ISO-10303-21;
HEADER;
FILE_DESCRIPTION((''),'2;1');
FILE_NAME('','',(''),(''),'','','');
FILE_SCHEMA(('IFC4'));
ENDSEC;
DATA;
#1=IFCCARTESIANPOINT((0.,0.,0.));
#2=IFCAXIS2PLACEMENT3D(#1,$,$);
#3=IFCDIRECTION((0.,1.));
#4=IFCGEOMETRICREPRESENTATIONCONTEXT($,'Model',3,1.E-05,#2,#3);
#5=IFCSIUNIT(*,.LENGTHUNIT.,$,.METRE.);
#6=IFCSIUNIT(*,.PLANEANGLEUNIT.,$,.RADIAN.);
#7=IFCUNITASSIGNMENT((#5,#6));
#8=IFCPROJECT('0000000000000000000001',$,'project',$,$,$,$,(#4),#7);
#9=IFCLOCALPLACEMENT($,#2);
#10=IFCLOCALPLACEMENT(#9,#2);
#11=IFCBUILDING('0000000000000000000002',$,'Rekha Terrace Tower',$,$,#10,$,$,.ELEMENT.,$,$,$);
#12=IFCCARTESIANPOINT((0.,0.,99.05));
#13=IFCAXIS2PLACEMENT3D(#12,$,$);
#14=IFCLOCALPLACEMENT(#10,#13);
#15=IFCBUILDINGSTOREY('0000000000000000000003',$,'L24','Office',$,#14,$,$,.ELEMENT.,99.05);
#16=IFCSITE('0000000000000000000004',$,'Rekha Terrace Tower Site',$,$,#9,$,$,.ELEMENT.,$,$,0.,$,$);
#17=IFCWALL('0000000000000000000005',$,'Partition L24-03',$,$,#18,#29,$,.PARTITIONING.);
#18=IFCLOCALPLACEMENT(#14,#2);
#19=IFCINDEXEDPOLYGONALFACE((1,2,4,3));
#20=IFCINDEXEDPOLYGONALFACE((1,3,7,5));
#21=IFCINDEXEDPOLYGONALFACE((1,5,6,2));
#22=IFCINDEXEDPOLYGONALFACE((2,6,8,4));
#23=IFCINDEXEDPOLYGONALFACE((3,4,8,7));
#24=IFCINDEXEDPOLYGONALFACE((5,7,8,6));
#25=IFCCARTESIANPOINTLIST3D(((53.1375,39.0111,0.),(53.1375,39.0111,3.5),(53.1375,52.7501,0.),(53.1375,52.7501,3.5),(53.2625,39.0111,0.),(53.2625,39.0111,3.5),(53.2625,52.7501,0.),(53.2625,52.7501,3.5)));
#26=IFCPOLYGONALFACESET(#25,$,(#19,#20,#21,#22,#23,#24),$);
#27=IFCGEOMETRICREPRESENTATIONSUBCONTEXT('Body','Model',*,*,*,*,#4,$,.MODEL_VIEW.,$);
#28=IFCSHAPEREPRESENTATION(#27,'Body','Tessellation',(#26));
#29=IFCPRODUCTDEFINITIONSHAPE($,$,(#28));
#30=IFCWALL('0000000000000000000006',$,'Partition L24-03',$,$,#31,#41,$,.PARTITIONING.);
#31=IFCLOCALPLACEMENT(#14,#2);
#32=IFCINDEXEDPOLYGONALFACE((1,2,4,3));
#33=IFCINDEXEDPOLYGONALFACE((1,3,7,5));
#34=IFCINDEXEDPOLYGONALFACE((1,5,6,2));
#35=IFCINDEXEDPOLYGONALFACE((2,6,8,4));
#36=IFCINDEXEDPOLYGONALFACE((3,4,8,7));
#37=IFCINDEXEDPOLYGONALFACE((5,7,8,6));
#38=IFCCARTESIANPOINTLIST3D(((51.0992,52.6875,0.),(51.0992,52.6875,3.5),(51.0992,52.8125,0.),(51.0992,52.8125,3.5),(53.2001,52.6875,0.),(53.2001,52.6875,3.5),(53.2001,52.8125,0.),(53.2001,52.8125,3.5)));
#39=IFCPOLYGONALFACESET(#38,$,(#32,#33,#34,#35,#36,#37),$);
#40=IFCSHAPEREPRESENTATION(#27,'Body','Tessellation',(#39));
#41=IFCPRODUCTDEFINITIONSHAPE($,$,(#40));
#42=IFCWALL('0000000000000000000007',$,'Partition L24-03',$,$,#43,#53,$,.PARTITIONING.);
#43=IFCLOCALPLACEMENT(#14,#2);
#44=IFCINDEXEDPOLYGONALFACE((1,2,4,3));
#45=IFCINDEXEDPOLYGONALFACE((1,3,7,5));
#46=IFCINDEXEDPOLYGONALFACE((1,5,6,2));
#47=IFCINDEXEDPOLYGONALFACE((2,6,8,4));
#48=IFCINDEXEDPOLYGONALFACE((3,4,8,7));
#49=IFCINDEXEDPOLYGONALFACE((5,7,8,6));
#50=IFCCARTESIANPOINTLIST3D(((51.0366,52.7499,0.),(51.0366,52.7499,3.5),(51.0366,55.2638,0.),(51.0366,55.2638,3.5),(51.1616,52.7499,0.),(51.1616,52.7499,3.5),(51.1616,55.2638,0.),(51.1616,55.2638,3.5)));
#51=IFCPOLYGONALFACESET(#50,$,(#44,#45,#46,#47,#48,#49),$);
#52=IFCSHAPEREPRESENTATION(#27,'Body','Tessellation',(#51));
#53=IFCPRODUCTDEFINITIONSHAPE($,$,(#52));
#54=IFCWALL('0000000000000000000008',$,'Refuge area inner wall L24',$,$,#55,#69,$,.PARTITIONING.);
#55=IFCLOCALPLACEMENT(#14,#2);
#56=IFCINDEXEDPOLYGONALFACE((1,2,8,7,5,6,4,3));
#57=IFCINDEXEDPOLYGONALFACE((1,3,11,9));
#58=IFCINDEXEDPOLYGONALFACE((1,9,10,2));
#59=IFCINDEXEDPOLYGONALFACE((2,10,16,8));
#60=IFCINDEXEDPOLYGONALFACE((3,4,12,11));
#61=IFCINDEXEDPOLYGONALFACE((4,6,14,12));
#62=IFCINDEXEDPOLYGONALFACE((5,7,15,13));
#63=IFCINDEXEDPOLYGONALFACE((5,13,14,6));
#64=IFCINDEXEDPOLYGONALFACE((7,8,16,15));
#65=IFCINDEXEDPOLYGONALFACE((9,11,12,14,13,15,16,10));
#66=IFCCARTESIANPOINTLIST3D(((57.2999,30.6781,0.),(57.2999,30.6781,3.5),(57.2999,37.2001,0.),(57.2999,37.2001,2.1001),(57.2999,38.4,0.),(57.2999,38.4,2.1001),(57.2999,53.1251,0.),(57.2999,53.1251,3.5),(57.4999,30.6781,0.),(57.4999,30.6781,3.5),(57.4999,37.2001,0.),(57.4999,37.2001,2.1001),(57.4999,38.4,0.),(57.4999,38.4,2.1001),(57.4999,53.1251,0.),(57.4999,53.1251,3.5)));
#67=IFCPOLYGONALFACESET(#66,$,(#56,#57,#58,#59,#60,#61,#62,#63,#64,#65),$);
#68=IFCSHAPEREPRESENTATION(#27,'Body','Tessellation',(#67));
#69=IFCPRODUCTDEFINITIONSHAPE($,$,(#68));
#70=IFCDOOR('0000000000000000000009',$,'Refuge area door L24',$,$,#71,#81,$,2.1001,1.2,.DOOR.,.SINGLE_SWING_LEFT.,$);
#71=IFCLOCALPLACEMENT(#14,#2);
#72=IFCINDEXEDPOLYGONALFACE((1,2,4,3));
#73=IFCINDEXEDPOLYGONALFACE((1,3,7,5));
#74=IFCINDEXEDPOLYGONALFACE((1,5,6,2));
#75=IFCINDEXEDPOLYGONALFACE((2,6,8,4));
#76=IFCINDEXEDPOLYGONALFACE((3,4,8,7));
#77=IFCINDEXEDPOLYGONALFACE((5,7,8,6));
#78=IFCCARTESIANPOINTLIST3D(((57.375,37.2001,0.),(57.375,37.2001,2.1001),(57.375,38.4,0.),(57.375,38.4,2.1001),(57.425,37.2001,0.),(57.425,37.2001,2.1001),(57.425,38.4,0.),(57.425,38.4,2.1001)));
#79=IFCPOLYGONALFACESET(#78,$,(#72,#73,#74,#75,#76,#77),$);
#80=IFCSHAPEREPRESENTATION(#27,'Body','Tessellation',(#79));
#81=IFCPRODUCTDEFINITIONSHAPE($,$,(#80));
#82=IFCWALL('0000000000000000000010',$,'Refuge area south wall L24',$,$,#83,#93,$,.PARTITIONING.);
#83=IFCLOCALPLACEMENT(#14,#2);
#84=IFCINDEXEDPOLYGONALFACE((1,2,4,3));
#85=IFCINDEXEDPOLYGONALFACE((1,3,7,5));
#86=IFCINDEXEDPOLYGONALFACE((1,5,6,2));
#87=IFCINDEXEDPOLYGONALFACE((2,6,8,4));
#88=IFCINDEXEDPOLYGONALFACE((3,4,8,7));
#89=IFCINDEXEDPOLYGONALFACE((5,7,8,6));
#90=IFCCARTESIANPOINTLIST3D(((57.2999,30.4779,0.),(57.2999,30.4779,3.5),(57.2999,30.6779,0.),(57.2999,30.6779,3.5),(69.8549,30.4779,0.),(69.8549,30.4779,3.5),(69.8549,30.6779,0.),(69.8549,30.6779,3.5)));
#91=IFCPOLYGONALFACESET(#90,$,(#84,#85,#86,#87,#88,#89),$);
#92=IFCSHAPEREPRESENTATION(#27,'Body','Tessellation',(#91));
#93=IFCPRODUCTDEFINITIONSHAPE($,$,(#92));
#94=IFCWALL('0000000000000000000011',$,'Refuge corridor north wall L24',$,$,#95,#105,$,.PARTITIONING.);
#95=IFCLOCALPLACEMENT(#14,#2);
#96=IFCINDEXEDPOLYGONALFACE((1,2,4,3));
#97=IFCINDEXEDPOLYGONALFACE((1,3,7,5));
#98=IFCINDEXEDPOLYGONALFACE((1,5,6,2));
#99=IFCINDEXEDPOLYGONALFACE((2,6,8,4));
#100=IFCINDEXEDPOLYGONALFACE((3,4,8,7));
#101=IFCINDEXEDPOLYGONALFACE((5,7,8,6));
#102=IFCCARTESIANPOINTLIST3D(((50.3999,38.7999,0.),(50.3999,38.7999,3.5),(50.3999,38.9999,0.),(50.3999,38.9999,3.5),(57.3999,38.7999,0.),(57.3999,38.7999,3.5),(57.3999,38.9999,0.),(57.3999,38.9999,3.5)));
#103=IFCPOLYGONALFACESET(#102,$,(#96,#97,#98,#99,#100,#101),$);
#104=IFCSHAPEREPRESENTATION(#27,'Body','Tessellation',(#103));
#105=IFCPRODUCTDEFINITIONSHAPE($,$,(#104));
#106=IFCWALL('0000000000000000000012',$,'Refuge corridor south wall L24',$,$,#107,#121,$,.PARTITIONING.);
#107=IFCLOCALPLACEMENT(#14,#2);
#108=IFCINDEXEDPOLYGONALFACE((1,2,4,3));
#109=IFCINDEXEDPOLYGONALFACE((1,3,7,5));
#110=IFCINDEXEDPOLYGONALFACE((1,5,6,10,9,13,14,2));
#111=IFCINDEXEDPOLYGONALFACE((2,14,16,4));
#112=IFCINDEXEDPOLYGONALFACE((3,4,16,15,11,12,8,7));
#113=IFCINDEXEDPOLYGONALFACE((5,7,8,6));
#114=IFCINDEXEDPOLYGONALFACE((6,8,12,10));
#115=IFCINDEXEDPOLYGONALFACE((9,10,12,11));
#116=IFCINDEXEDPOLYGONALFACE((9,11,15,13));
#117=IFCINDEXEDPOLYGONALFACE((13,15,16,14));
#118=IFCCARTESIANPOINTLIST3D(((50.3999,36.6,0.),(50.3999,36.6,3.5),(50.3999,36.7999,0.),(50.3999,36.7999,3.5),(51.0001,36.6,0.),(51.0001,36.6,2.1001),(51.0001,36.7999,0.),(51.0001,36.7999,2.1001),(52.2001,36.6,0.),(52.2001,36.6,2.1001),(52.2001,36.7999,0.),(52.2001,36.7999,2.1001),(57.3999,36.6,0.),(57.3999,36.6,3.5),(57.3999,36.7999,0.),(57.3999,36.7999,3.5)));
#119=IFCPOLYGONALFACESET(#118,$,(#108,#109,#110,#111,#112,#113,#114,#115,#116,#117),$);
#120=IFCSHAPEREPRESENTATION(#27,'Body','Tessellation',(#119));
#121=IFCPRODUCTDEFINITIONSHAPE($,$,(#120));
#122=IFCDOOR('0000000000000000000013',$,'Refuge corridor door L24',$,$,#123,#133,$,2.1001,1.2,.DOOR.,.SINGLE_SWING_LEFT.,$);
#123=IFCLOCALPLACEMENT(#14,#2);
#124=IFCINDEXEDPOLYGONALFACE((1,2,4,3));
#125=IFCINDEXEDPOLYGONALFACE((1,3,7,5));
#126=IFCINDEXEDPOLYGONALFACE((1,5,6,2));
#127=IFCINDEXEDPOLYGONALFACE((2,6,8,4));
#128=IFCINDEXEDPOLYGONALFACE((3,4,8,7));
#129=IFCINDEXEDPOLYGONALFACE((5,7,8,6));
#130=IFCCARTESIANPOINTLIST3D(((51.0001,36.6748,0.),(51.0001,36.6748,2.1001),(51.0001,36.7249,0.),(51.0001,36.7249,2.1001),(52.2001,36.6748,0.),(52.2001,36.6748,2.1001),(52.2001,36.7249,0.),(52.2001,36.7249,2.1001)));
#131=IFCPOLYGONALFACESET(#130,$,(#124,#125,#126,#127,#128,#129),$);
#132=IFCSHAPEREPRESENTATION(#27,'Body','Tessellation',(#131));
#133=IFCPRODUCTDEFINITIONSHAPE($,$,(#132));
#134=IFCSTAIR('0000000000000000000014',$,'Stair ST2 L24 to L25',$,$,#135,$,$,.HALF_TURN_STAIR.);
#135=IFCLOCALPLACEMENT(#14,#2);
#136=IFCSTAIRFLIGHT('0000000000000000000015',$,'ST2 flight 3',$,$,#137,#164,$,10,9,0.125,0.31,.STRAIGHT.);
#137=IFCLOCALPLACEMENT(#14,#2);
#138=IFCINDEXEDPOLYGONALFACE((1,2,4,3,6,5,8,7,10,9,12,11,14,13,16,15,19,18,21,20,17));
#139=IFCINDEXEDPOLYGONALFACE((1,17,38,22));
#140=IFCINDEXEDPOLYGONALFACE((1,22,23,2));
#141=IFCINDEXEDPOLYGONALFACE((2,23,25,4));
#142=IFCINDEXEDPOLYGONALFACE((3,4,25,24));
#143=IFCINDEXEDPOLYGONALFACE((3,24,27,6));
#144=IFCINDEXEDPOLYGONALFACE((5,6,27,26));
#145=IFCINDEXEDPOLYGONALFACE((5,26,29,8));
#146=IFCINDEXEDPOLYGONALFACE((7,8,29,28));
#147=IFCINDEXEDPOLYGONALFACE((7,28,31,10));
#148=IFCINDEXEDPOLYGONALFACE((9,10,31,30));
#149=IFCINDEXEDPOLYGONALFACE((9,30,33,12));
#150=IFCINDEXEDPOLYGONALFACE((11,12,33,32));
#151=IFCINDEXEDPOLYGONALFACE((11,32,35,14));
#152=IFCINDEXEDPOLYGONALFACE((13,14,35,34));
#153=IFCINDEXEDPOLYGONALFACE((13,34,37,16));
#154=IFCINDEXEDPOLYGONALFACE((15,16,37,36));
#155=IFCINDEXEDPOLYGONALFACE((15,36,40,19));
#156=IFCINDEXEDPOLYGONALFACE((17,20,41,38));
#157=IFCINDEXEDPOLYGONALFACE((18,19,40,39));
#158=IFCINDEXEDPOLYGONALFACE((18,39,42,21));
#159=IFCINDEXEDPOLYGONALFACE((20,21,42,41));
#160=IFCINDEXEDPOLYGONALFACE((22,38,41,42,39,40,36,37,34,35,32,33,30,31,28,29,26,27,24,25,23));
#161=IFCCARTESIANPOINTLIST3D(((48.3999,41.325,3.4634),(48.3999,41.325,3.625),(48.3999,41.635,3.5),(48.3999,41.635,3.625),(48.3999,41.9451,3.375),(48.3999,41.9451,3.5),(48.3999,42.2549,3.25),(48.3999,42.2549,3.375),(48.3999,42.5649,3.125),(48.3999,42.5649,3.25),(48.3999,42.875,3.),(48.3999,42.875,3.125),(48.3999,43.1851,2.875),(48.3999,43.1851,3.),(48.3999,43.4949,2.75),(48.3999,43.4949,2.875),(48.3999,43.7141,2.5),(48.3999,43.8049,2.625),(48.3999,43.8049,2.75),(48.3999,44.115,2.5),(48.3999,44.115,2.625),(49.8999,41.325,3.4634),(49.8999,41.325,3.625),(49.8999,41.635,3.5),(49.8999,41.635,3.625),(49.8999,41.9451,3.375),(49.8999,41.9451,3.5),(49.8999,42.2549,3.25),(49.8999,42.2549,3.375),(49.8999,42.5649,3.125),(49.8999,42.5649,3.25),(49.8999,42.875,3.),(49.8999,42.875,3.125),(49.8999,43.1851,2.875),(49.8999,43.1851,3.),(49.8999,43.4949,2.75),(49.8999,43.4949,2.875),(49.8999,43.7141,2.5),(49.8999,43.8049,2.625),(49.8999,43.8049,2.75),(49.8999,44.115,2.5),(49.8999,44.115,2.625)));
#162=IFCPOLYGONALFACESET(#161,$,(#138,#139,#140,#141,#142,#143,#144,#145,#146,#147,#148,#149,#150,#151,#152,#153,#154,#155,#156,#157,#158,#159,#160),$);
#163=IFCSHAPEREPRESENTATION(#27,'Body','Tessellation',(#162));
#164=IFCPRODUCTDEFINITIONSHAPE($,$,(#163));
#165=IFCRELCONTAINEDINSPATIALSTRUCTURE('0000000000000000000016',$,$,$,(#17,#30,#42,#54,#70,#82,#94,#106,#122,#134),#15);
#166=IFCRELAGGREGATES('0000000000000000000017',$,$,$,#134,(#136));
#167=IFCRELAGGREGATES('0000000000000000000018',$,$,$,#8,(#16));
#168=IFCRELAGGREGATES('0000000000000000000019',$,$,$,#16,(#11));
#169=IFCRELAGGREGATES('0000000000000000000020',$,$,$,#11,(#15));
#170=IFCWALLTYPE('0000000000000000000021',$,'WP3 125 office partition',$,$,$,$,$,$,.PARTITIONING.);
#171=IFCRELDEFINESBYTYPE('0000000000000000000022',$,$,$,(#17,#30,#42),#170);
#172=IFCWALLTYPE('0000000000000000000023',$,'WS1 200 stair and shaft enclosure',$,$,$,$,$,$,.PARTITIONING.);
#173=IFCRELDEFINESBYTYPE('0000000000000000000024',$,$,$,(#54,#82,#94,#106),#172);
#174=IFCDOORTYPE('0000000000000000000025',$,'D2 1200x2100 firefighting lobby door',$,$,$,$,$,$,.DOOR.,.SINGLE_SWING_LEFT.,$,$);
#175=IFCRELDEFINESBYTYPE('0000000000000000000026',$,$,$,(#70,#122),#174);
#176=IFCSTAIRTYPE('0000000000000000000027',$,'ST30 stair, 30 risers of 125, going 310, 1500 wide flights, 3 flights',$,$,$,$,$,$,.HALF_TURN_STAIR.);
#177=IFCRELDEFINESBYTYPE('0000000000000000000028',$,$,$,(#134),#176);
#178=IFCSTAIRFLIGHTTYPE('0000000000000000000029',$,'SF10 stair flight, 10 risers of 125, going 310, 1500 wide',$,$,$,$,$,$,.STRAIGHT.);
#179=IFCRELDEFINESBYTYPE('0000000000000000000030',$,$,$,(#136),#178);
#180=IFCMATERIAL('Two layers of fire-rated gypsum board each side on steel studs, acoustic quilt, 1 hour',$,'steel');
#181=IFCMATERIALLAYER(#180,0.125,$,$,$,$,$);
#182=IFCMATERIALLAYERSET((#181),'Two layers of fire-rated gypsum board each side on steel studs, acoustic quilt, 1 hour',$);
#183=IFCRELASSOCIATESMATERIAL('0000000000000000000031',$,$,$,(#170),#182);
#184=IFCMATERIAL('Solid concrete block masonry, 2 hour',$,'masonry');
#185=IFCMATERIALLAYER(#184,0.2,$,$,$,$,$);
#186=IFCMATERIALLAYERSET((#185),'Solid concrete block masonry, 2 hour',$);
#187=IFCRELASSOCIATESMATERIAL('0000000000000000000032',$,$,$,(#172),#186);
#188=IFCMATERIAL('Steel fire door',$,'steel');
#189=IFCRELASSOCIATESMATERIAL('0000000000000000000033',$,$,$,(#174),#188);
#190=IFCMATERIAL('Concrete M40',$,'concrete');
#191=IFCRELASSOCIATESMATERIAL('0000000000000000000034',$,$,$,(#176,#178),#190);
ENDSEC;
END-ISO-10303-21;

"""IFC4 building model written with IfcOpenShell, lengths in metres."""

from ifc_helpers import new_model, si_unit, direction, frame, frame_2d, origin, place, context, subcontext, project, spatial, polyline, rectangle, outline, extrude, material, layer, layer_set, type_object, element, fill, aggregate, save


model = new_model("IFC4")

# Units and contexts
model_context = context("Model", 3, precision=1e-05, world=origin(), true_north=direction((0.0, 1.0)))
body_context = subcontext(model_context, "Body", "Model", "MODEL_VIEW")
ifc_project = project(units=[si_unit("LENGTHUNIT", "METRE"), si_unit("PLANEANGLEUNIT", "RADIAN")], contexts=[model_context])

# Site, building, storey
site_placement = place(None, origin())
site = spatial("IfcSite", under=ifc_project, at=site_placement, Name="Rekha Terrace Tower Site", CompositionType="ELEMENT", RefElevation=0.0)
building_placement = place(site_placement, origin())
building = spatial("IfcBuilding", under=site, at=building_placement, Name="Rekha Terrace Tower", CompositionType="ELEMENT")
storey_placement = place(building_placement, frame((0.0, 0.0, 99.05)))
storey = spatial("IfcBuildingStorey", under=building, at=storey_placement, Name="L24", Description="Office", CompositionType="ELEMENT", Elevation=99.05)

# Walls
ifc_material_1 = material(Name="Two layers of fire-rated gypsum board each side on steel studs, acoustic quilt, 1 hour", Category="steel")
ifc_layer_1 = layer(ifc_material_1, 0.125)
ifc_layer_set_1 = layer_set([ifc_layer_1], Name="Two layers of fire-rated gypsum board each side on steel studs, acoustic quilt, 1 hour")
wall_type_1 = type_object("IfcWallType", Name="WP3 125 office partition", PredefinedType="PARTITIONING", material=ifc_layer_set_1)
wall_1_placement = place(storey_placement, frame((53.2, 39.011, 0.0), z_axis=(0.0, 0.0, 1.0), x_axis=(0.0, 1.0, 0.0)))
element("IfcWall", 1, at=wall_1_placement, inside=storey, type_object=wall_type_1, Name="Partition L24-03", PredefinedType="PARTITIONING", context=body_context, shape_type="SweptSolid", body=[
    extrude(rectangle(XDim=13.739, YDim=0.125, at=frame_2d((6.8696, 0.0))), origin(), (0.0, 0.0, 1.0), 3.5),
])
wall_2_placement = place(storey_placement, frame((53.2, 52.75, 0.0), z_axis=(0.0, 0.0, 1.0), x_axis=(-1.0, 0.0, 0.0)))
element("IfcWall", 2, at=wall_2_placement, inside=storey, type_object=wall_type_1, Name="Partition L24-03", PredefinedType="PARTITIONING", context=body_context, shape_type="SweptSolid", body=[
    extrude(rectangle(XDim=2.1008, YDim=0.125, at=frame_2d((1.0503, 0.0))), origin(), (0.0, 0.0, 1.0), 3.5),
])
wall_3_placement = place(storey_placement, frame((51.0991, 52.75, 0.0), z_axis=(0.0, 0.0, 1.0), x_axis=(0.0, 1.0, 0.0)))
element("IfcWall", 3, at=wall_3_placement, inside=storey, type_object=wall_type_1, Name="Partition L24-03", PredefinedType="PARTITIONING", context=body_context, shape_type="SweptSolid", body=[
    extrude(rectangle(XDim=2.5139, YDim=0.125, at=frame_2d((1.2568, 0.0))), origin(), (0.0, 0.0, 1.0), 3.5),
])

# Wall, opening, door
ifc_material_2 = material(Name="Solid concrete block masonry, 2 hour", Category="masonry")
ifc_layer_2 = layer(ifc_material_2, 0.2)
ifc_layer_set_2 = layer_set([ifc_layer_2], Name="Solid concrete block masonry, 2 hour")
wall_type_2 = type_object("IfcWallType", Name="WS1 200 stair and shaft enclosure", PredefinedType="PARTITIONING", material=ifc_layer_set_2)
wall_4_placement = place(storey_placement, frame((57.3999, 30.678, 0.0), z_axis=(0.0, 0.0, 1.0), x_axis=(0.0, 1.0, 0.0)))
wall_4 = element("IfcWall", 4, at=wall_4_placement, inside=storey, type_object=wall_type_2, Name="Refuge area inner wall L24", PredefinedType="PARTITIONING", context=body_context, shape_type="SweptSolid", body=[
    extrude(rectangle(XDim=22.447, YDim=0.2, at=frame_2d((11.2236, 0.0))), origin(), (0.0, 0.0, 1.0), 3.5),
])
opening_1_placement = place(wall_4_placement, frame((6.522, 0.0, 0.0)))
opening_1 = element("IfcOpeningElement", 5, at=opening_1_placement, cuts=wall_4, PredefinedType="OPENING", context=body_context, shape_type="SweptSolid", body=[
    extrude(rectangle(XDim=1.2, YDim=2.1001, at=frame_2d((0.6001, 1.05))), frame((0.0, 0.1099, 0.0), z_axis=(0.0, -1.0, 0.0), x_axis=(1.0, 0.0, 0.0)), (0.0, 0.0, 1.0), 0.22),
])
ifc_material_3 = material(Name="Steel fire door", Category="steel")
door_type_1 = type_object("IfcDoorType", Name="D2 1200x2100 firefighting lobby door", OperationType="SINGLE_SWING_LEFT", PredefinedType="DOOR", material=ifc_material_3)
door_1_placement = place(opening_1_placement, origin())
door_1 = element("IfcDoor", 6, at=door_1_placement, inside=storey, type_object=door_type_1, Name="Refuge area door L24", OperationType="SINGLE_SWING_LEFT", OverallHeight=2.1001, OverallWidth=1.2, PredefinedType="DOOR", context=body_context, shape_type="SweptSolid", body=[
    extrude(rectangle(XDim=1.2, YDim=2.1001, at=frame_2d((0.6001, 1.05))), frame((0.0, 0.0249, 0.0), z_axis=(0.0, -1.0, 0.0), x_axis=(1.0, 0.0, 0.0)), (0.0, 0.0, 1.0), 0.05),
])
fill(opening_1, door_1)

# Walls
wall_5_placement = place(storey_placement, frame((57.3, 30.5779, 0.0), z_axis=(0.0, 0.0, 1.0), x_axis=(1.0, 0.0, 0.0)))
element("IfcWall", 7, at=wall_5_placement, inside=storey, type_object=wall_type_2, Name="Refuge area south wall L24", PredefinedType="PARTITIONING", context=body_context, shape_type="SweptSolid", body=[
    extrude(rectangle(XDim=12.5549, YDim=0.2, at=frame_2d((6.2773, 0.0))), origin(), (0.0, 0.0, 1.0), 3.5),
])
wall_6_placement = place(storey_placement, frame((50.3999, 38.8999, 0.0), z_axis=(0.0, 0.0, 1.0), x_axis=(1.0, 0.0, 0.0)))
element("IfcWall", 8, at=wall_6_placement, inside=storey, type_object=wall_type_2, Name="Refuge corridor north wall L24", PredefinedType="PARTITIONING", context=body_context, shape_type="SweptSolid", body=[
    extrude(rectangle(XDim=7.0, YDim=0.2, at=frame_2d((3.5, 0.0))), origin(), (0.0, 0.0, 1.0), 3.5),
])

# Wall, opening, door
wall_7_placement = place(storey_placement, frame((50.3999, 36.7, 0.0), z_axis=(0.0, 0.0, 1.0), x_axis=(1.0, 0.0, 0.0)))
wall_7 = element("IfcWall", 9, at=wall_7_placement, inside=storey, type_object=wall_type_2, Name="Refuge corridor south wall L24", PredefinedType="PARTITIONING", context=body_context, shape_type="SweptSolid", body=[
    extrude(rectangle(XDim=7.0, YDim=0.2, at=frame_2d((3.5, 0.0))), origin(), (0.0, 0.0, 1.0), 3.5),
])
opening_2_placement = place(wall_7_placement, frame((0.6001, 0.0, 0.0)))
opening_2 = element("IfcOpeningElement", 10, at=opening_2_placement, cuts=wall_7, PredefinedType="OPENING", context=body_context, shape_type="SweptSolid", body=[
    extrude(rectangle(XDim=1.2, YDim=2.1001, at=frame_2d((0.6001, 1.05))), frame((0.0, 0.1099, 0.0), z_axis=(0.0, -1.0, 0.0), x_axis=(1.0, 0.0, 0.0)), (0.0, 0.0, 1.0), 0.22),
])
door_2_placement = place(opening_2_placement, origin())
door_2 = element("IfcDoor", 11, at=door_2_placement, inside=storey, type_object=door_type_1, Name="Refuge corridor door L24", OperationType="SINGLE_SWING_LEFT", OverallHeight=2.1001, OverallWidth=1.2, PredefinedType="DOOR", context=body_context, shape_type="SweptSolid", body=[
    extrude(rectangle(XDim=1.2, YDim=2.1001, at=frame_2d((0.6001, 1.05))), frame((0.0, 0.0249, 0.0), z_axis=(0.0, -1.0, 0.0), x_axis=(1.0, 0.0, 0.0)), (0.0, 0.0, 1.0), 0.05),
])
fill(opening_2, door_2)

# Stair, stair flight
ifc_material_4 = material(Name="Concrete M40", Category="concrete")
stair_type = type_object("IfcStairType", Name="ST30 stair, 30 risers of 125, going 310, 1500 wide flights, 3 flights", PredefinedType="HALF_TURN_STAIR", material=ifc_material_4)
stair_placement = place(storey_placement, origin())
stair = element("IfcStair", 12, at=stair_placement, inside=storey, type_object=stair_type, Name="Stair ST2 L24 to L25", PredefinedType="HALF_TURN_STAIR")
stair_flight_type = type_object("IfcStairFlightType", Name="SF10 stair flight, 10 risers of 125, going 310, 1500 wide", PredefinedType="STRAIGHT", material=ifc_material_4)
stair_flight_placement = place(storey_placement, frame((49.1499, 44.115, 2.5), z_axis=(0.0, 0.0, 1.0), x_axis=(0.0, -1.0, 0.0)))
stair_flight = element("IfcStairFlight", 13, at=stair_flight_placement, type_object=stair_flight_type, Name="ST2 flight 3", NumberOfRisers=10, NumberOfTreads=9, PredefinedType="STRAIGHT", RiserHeight=0.125, TreadLength=0.31, context=body_context, shape_type="SweptSolid", body=[
    extrude(outline(polyline([(0.0, 0.0), (0.0, 0.125), (0.3101, 0.125), (0.3101, 0.25), (0.6201, 0.25), (0.6201, 0.375), (0.9299, 0.375), (0.9299, 0.5), (1.24, 0.5), (1.24, 0.625), (1.55, 0.625), (1.55, 0.75), (1.8601, 0.75), (1.8601, 0.875), (2.1699, 0.875), (2.1699, 1.0), (2.48, 1.0), (2.48, 1.125), (2.79, 1.125), (2.79, 1.25), (2.79, 0.9634), (0.4009, 0.0), (0.0, 0.0)])), frame((0.0, 0.75, 0.0), z_axis=(0.0, -1.0, 0.0), x_axis=(1.0, 0.0, 0.0)), (0.0, 0.0, 1.0), 1.5),
])
aggregate(stair, [stair_flight])

save(model, "model.ifc")
